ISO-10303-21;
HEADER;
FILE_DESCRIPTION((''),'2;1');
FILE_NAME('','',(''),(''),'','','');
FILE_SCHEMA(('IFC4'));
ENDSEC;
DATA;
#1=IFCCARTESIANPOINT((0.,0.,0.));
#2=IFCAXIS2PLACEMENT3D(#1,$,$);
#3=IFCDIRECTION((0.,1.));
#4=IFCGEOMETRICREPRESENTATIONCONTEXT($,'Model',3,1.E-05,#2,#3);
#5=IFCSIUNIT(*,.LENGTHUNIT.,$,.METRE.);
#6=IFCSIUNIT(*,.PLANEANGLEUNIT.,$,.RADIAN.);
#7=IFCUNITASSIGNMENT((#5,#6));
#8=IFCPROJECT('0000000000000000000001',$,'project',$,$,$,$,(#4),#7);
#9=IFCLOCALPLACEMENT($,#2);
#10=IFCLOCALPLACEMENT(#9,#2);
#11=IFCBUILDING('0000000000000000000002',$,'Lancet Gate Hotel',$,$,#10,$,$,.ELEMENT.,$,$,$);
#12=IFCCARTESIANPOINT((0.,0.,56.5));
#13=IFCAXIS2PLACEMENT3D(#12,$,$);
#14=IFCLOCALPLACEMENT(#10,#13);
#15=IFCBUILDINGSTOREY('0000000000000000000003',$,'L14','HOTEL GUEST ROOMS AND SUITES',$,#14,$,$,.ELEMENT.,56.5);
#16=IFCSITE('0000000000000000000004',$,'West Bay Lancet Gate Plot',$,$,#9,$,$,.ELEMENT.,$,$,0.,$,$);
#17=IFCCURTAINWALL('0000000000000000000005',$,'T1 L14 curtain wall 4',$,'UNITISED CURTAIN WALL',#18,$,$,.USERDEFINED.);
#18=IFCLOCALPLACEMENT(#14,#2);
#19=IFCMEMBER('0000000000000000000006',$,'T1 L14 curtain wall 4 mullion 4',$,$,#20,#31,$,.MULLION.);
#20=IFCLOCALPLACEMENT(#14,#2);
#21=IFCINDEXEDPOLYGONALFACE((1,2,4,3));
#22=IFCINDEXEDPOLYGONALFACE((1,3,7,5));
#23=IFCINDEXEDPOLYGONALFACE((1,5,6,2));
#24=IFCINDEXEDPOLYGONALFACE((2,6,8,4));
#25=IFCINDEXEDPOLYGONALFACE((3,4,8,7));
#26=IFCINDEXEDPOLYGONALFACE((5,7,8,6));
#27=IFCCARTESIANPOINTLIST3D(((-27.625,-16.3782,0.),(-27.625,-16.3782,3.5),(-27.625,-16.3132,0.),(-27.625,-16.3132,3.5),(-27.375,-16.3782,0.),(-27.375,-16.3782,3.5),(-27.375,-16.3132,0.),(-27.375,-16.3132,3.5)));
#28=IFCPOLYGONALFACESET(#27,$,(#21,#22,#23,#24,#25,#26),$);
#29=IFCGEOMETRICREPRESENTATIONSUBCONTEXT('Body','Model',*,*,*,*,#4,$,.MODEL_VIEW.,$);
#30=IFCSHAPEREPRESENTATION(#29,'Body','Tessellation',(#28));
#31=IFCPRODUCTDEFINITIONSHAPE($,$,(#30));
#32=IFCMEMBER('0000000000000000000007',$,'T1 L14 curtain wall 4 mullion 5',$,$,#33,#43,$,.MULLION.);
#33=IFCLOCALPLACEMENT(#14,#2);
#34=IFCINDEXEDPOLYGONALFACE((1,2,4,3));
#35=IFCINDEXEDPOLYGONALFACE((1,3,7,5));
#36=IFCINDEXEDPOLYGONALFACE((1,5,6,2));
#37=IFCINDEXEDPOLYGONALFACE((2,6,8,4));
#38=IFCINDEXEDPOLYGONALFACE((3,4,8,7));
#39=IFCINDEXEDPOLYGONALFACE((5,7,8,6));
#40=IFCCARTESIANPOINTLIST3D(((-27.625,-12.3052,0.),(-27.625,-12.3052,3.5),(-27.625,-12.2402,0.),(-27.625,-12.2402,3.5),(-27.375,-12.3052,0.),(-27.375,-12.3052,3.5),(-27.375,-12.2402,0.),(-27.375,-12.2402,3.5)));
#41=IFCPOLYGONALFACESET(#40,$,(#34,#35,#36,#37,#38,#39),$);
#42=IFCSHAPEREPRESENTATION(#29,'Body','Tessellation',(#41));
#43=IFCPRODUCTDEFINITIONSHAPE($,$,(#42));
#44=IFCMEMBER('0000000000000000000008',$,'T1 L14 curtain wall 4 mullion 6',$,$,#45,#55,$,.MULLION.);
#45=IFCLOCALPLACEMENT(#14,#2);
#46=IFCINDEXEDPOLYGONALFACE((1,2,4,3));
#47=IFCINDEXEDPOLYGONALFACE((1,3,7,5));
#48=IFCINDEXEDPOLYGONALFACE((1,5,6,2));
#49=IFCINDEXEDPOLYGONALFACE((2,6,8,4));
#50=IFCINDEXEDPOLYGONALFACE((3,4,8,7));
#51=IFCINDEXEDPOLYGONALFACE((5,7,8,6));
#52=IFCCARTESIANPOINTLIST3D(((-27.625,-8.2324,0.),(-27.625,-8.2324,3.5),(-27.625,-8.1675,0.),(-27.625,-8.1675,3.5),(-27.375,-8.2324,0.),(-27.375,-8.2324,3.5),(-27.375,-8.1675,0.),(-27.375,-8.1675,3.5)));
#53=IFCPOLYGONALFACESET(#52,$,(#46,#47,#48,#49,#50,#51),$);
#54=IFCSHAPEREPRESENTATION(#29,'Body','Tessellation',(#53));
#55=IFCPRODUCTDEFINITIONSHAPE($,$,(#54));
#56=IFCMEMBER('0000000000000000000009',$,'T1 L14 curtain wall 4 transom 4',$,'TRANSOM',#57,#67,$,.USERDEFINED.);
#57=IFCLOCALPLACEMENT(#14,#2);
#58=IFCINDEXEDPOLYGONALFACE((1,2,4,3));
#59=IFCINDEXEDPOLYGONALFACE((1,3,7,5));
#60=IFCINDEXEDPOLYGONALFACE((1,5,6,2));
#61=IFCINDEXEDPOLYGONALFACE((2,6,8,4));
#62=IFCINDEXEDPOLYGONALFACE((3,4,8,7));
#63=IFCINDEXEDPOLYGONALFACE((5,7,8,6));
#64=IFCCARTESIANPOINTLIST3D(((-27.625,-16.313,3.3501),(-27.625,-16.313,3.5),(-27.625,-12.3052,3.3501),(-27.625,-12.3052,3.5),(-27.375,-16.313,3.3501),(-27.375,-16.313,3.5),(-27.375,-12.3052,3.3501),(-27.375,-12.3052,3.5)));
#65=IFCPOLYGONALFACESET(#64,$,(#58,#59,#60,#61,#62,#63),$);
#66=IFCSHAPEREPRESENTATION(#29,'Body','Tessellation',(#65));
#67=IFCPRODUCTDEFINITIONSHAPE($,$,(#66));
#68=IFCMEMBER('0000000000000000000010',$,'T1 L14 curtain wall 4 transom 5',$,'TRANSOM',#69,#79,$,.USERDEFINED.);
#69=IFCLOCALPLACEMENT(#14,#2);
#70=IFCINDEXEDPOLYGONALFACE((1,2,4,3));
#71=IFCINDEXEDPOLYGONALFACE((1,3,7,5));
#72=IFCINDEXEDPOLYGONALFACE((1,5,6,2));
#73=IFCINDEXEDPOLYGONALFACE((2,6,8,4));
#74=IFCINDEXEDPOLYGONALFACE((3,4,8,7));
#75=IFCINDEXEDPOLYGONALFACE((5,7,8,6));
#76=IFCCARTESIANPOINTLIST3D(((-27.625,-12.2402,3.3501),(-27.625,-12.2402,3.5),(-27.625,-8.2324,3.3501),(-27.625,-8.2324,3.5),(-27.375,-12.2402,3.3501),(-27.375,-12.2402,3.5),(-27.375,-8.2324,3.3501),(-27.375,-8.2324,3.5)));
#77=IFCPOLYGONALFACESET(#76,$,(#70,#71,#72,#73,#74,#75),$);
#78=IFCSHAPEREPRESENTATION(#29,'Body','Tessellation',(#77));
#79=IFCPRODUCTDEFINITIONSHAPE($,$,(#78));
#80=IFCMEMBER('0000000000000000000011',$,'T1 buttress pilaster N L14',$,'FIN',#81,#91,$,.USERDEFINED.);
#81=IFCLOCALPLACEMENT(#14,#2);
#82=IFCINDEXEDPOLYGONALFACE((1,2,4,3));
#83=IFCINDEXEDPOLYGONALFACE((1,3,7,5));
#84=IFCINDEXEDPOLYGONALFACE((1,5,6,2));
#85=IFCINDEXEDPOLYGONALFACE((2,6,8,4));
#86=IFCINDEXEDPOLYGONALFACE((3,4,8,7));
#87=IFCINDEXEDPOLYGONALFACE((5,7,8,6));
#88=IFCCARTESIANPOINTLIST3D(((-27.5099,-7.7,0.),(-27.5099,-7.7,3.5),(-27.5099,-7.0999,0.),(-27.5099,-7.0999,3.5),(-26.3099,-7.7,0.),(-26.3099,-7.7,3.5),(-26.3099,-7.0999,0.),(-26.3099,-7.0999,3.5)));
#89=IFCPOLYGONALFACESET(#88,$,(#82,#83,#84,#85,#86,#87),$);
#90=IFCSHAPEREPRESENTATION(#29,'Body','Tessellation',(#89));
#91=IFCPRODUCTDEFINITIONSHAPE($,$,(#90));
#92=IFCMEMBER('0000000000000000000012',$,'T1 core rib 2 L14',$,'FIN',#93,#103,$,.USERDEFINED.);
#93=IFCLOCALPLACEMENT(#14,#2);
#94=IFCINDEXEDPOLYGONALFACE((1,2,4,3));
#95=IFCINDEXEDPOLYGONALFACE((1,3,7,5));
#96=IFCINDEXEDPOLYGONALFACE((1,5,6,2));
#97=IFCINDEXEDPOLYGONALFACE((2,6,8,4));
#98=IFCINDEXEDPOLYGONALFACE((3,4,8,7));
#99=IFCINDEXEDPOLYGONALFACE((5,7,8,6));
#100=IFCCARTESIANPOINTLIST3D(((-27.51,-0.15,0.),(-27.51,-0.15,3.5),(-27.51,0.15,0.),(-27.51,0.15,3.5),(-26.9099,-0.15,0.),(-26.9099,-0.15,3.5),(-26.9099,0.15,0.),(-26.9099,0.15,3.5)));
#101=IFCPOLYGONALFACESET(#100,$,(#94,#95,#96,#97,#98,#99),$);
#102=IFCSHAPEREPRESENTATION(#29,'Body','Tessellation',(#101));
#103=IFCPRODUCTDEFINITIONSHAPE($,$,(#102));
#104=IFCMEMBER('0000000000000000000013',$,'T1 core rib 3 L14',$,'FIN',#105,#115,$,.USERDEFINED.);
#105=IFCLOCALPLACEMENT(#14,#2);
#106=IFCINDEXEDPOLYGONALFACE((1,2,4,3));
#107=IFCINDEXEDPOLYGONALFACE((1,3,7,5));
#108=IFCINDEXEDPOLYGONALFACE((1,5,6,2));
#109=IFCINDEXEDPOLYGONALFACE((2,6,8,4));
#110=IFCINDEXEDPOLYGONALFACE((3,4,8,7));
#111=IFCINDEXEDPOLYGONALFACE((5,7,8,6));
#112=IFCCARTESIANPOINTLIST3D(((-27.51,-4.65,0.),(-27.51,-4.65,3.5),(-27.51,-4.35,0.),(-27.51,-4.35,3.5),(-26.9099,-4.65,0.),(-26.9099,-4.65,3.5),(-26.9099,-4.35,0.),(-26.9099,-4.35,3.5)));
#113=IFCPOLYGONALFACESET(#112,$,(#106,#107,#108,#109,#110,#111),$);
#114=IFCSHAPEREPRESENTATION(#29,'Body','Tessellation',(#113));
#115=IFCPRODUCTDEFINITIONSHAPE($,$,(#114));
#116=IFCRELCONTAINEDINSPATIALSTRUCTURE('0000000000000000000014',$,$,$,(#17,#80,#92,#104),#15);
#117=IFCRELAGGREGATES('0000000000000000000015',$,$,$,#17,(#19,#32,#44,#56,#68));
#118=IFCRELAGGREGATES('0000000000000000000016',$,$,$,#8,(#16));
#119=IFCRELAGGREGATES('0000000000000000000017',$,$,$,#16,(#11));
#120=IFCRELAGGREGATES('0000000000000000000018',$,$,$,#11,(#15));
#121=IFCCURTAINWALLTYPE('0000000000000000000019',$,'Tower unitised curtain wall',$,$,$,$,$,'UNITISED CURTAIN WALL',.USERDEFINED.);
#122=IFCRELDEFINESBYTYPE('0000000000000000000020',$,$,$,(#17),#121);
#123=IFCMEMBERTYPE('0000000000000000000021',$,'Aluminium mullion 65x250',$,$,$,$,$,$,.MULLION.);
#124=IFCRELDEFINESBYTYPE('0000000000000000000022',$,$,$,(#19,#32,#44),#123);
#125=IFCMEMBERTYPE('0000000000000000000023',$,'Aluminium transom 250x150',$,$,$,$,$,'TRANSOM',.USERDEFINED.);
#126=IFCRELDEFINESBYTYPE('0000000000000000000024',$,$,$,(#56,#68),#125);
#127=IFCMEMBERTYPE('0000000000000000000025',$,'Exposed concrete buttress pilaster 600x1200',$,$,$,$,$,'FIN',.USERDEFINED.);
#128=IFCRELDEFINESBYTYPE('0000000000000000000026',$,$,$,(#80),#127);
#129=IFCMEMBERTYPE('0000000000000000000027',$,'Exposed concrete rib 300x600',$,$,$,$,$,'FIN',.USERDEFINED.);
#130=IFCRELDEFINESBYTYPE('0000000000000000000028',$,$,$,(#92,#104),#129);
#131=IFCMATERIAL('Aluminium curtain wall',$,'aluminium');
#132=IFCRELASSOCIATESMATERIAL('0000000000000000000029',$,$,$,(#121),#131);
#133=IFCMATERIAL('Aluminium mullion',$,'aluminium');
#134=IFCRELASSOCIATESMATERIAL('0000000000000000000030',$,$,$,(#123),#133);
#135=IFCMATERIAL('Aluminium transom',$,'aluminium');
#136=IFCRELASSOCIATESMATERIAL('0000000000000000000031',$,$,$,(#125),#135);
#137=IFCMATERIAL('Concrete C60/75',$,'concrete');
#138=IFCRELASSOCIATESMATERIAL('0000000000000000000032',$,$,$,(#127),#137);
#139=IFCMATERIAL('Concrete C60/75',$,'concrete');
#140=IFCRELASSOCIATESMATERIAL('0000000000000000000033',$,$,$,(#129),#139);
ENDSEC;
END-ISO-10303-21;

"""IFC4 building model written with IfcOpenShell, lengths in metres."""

from ifc_helpers import new_model, si_unit, direction, frame, origin, origin_2d, place, context, subcontext, project, spatial, rectangle, extrude, material, material_profile, profile_set, type_object, element, aggregate, save


model = new_model("IFC4")

# Units and contexts
model_context = context("Model", 3, precision=1e-05, world=origin(), true_north=direction((0.0, 1.0)))
body_context = subcontext(model_context, "Body", "Model", "MODEL_VIEW")
ifc_project = project(units=[si_unit("LENGTHUNIT", "METRE"), si_unit("PLANEANGLEUNIT", "RADIAN")], contexts=[model_context])

# Site, building, storey
site_placement = place(None, origin())
site = spatial("IfcSite", under=ifc_project, at=site_placement, Name="West Bay Lancet Gate Plot", CompositionType="ELEMENT", RefElevation=0.0)
building_placement = place(site_placement, origin())
building = spatial("IfcBuilding", under=site, at=building_placement, Name="Lancet Gate Hotel", CompositionType="ELEMENT")
storey_placement = place(building_placement, frame((0.0, 0.0, 56.5)))
storey = spatial("IfcBuildingStorey", under=building, at=storey_placement, Name="L14", Description="HOTEL GUEST ROOMS AND SUITES", CompositionType="ELEMENT", Elevation=56.5)

# Curtain wall, members
ifc_material_1 = material(Name="Aluminium curtain wall", Category="aluminium")
curtain_wall_type = type_object("IfcCurtainWallType", Name="Tower unitised curtain wall", ElementType="UNITISED CURTAIN WALL", PredefinedType="USERDEFINED", material=ifc_material_1)
curtain_wall_placement = place(storey_placement, origin())
curtain_wall = element("IfcCurtainWall", 1, at=curtain_wall_placement, inside=storey, type_object=curtain_wall_type, Name="T1 L14 curtain wall 4", ObjectType="UNITISED CURTAIN WALL", PredefinedType="USERDEFINED")
ifc_material_2 = material(Name="Aluminium mullion", Category="aluminium")
ifc_material_profile_1 = material_profile(ifc_material_2, rectangle(XDim=0.0649, YDim=0.25, at=origin_2d()), Name="MULLION 65x250")
ifc_profile_set_1 = profile_set([ifc_material_profile_1], Name="Aluminium mullion")
member_type_1 = type_object("IfcMemberType", Name="Aluminium mullion 65x250", PredefinedType="MULLION", material=ifc_profile_set_1)
member_1_placement = place(storey_placement, frame((-27.5, -16.3457, 0.0), z_axis=(0.0, 0.0, 1.0), x_axis=(0.0, 1.0, 0.0)))
member_1 = element("IfcMember", 2, at=member_1_placement, type_object=member_type_1, Name="T1 L14 curtain wall 4 mullion 4", PredefinedType="MULLION", context=body_context, shape_type="SweptSolid", body=[
    extrude(rectangle(XDim=0.0649, YDim=0.25, at=origin_2d()), origin(), (0.0, 0.0, 1.0), 3.5),
])
member_2_placement = place(storey_placement, frame((-27.5, -12.2727, 0.0), z_axis=(0.0, 0.0, 1.0), x_axis=(0.0, 1.0, 0.0)))
member_2 = element("IfcMember", 3, at=member_2_placement, type_object=member_type_1, Name="T1 L14 curtain wall 4 mullion 5", PredefinedType="MULLION", context=body_context, shape_type="SweptSolid", body=[
    extrude(rectangle(XDim=0.0649, YDim=0.25, at=origin_2d()), origin(), (0.0, 0.0, 1.0), 3.5),
])
member_3_placement = place(storey_placement, frame((-27.5, -8.2, 0.0), z_axis=(0.0, 0.0, 1.0), x_axis=(0.0, 1.0, 0.0)))
member_3 = element("IfcMember", 4, at=member_3_placement, type_object=member_type_1, Name="T1 L14 curtain wall 4 mullion 6", PredefinedType="MULLION", context=body_context, shape_type="SweptSolid", body=[
    extrude(rectangle(XDim=0.0649, YDim=0.25, at=origin_2d()), origin(), (0.0, 0.0, 1.0), 3.5),
])
ifc_material_3 = material(Name="Aluminium transom", Category="aluminium")
ifc_material_profile_2 = material_profile(ifc_material_3, rectangle(XDim=0.25, YDim=0.1499, at=origin_2d()), Name="TRANSOM 250x150")
ifc_profile_set_2 = profile_set([ifc_material_profile_2], Name="Aluminium transom")
member_type_2 = type_object("IfcMemberType", Name="Aluminium transom 250x150", ElementType="TRANSOM", PredefinedType="USERDEFINED", material=ifc_profile_set_2)
member_4_placement = place(storey_placement, frame((-27.5, -16.313, 3.425), z_axis=(0.0, 1.0, 0.0), x_axis=(-1.0, 0.0, 0.0)))
member_4 = element("IfcMember", 5, at=member_4_placement, type_object=member_type_2, Name="T1 L14 curtain wall 4 transom 4", ObjectType="TRANSOM", PredefinedType="USERDEFINED", context=body_context, shape_type="SweptSolid", body=[
    extrude(rectangle(XDim=0.25, YDim=0.1499, at=origin_2d()), origin(), (0.0, 0.0, 1.0), 4.0078),
])
member_5_placement = place(storey_placement, frame((-27.5, -12.2402, 3.425), z_axis=(0.0, 1.0, 0.0), x_axis=(-1.0, 0.0, 0.0)))
member_5 = element("IfcMember", 6, at=member_5_placement, type_object=member_type_2, Name="T1 L14 curtain wall 4 transom 5", ObjectType="TRANSOM", PredefinedType="USERDEFINED", context=body_context, shape_type="SweptSolid", body=[
    extrude(rectangle(XDim=0.25, YDim=0.1499, at=origin_2d()), origin(), (0.0, 0.0, 1.0), 4.0078),
])

# Members
ifc_material_4 = material(Name="Concrete C60/75", Category="concrete")
ifc_material_profile_3 = material_profile(ifc_material_4, rectangle(XDim=0.6001, YDim=1.2, at=origin_2d()), Name="FIN 600x1200")
ifc_profile_set_3 = profile_set([ifc_material_profile_3], Name="Concrete C60/75")
member_type_3 = type_object("IfcMemberType", Name="Exposed concrete buttress pilaster 600x1200", ElementType="FIN", PredefinedType="USERDEFINED", material=ifc_profile_set_3)
member_6_placement = place(storey_placement, frame((-26.9099, -7.3999, 0.0), z_axis=(0.0, 0.0, 1.0), x_axis=(0.0, 1.0, 0.0)))
element("IfcMember", 7, at=member_6_placement, inside=storey, type_object=member_type_3, Name="T1 buttress pilaster N L14", ObjectType="FIN", PredefinedType="USERDEFINED", context=body_context, shape_type="SweptSolid", body=[
    extrude(rectangle(XDim=0.6001, YDim=1.2, at=origin_2d()), origin(), (0.0, 0.0, 1.0), 3.5),
])
ifc_material_5 = material(Name="Concrete C60/75", Category="concrete")
ifc_material_profile_4 = material_profile(ifc_material_5, rectangle(XDim=0.3, YDim=0.6001, at=origin_2d()), Name="FIN 300x600")
ifc_profile_set_4 = profile_set([ifc_material_profile_4], Name="Concrete C60/75")
member_type_4 = type_object("IfcMemberType", Name="Exposed concrete rib 300x600", ElementType="FIN", PredefinedType="USERDEFINED", material=ifc_profile_set_4)
for number, where, z_axis, x_axis, name in (
    (8, (-27.21, 0.0, 0.0), (0.0, 0.0, 1.0), (0.0, 1.0, 0.0), "T1 core rib 2 L14"),
    (9, (-27.21, -4.5, 0.0), (0.0, 0.0, 1.0), (0.0, 1.0, 0.0), "T1 core rib 3 L14"),
):
    element("IfcMember", number, at=place(storey_placement, frame(where, z_axis=z_axis, x_axis=x_axis)), inside=storey, type_object=member_type_4, Name=name, ObjectType="FIN", PredefinedType="USERDEFINED", context=body_context, shape_type="SweptSolid", body=[
        extrude(rectangle(XDim=0.3, YDim=0.6001, at=origin_2d()), origin(), (0.0, 0.0, 1.0), 3.5),
    ])

aggregate(curtain_wall, [member_1, member_2, member_3, member_4, member_5])

save(model, "model.ifc")
